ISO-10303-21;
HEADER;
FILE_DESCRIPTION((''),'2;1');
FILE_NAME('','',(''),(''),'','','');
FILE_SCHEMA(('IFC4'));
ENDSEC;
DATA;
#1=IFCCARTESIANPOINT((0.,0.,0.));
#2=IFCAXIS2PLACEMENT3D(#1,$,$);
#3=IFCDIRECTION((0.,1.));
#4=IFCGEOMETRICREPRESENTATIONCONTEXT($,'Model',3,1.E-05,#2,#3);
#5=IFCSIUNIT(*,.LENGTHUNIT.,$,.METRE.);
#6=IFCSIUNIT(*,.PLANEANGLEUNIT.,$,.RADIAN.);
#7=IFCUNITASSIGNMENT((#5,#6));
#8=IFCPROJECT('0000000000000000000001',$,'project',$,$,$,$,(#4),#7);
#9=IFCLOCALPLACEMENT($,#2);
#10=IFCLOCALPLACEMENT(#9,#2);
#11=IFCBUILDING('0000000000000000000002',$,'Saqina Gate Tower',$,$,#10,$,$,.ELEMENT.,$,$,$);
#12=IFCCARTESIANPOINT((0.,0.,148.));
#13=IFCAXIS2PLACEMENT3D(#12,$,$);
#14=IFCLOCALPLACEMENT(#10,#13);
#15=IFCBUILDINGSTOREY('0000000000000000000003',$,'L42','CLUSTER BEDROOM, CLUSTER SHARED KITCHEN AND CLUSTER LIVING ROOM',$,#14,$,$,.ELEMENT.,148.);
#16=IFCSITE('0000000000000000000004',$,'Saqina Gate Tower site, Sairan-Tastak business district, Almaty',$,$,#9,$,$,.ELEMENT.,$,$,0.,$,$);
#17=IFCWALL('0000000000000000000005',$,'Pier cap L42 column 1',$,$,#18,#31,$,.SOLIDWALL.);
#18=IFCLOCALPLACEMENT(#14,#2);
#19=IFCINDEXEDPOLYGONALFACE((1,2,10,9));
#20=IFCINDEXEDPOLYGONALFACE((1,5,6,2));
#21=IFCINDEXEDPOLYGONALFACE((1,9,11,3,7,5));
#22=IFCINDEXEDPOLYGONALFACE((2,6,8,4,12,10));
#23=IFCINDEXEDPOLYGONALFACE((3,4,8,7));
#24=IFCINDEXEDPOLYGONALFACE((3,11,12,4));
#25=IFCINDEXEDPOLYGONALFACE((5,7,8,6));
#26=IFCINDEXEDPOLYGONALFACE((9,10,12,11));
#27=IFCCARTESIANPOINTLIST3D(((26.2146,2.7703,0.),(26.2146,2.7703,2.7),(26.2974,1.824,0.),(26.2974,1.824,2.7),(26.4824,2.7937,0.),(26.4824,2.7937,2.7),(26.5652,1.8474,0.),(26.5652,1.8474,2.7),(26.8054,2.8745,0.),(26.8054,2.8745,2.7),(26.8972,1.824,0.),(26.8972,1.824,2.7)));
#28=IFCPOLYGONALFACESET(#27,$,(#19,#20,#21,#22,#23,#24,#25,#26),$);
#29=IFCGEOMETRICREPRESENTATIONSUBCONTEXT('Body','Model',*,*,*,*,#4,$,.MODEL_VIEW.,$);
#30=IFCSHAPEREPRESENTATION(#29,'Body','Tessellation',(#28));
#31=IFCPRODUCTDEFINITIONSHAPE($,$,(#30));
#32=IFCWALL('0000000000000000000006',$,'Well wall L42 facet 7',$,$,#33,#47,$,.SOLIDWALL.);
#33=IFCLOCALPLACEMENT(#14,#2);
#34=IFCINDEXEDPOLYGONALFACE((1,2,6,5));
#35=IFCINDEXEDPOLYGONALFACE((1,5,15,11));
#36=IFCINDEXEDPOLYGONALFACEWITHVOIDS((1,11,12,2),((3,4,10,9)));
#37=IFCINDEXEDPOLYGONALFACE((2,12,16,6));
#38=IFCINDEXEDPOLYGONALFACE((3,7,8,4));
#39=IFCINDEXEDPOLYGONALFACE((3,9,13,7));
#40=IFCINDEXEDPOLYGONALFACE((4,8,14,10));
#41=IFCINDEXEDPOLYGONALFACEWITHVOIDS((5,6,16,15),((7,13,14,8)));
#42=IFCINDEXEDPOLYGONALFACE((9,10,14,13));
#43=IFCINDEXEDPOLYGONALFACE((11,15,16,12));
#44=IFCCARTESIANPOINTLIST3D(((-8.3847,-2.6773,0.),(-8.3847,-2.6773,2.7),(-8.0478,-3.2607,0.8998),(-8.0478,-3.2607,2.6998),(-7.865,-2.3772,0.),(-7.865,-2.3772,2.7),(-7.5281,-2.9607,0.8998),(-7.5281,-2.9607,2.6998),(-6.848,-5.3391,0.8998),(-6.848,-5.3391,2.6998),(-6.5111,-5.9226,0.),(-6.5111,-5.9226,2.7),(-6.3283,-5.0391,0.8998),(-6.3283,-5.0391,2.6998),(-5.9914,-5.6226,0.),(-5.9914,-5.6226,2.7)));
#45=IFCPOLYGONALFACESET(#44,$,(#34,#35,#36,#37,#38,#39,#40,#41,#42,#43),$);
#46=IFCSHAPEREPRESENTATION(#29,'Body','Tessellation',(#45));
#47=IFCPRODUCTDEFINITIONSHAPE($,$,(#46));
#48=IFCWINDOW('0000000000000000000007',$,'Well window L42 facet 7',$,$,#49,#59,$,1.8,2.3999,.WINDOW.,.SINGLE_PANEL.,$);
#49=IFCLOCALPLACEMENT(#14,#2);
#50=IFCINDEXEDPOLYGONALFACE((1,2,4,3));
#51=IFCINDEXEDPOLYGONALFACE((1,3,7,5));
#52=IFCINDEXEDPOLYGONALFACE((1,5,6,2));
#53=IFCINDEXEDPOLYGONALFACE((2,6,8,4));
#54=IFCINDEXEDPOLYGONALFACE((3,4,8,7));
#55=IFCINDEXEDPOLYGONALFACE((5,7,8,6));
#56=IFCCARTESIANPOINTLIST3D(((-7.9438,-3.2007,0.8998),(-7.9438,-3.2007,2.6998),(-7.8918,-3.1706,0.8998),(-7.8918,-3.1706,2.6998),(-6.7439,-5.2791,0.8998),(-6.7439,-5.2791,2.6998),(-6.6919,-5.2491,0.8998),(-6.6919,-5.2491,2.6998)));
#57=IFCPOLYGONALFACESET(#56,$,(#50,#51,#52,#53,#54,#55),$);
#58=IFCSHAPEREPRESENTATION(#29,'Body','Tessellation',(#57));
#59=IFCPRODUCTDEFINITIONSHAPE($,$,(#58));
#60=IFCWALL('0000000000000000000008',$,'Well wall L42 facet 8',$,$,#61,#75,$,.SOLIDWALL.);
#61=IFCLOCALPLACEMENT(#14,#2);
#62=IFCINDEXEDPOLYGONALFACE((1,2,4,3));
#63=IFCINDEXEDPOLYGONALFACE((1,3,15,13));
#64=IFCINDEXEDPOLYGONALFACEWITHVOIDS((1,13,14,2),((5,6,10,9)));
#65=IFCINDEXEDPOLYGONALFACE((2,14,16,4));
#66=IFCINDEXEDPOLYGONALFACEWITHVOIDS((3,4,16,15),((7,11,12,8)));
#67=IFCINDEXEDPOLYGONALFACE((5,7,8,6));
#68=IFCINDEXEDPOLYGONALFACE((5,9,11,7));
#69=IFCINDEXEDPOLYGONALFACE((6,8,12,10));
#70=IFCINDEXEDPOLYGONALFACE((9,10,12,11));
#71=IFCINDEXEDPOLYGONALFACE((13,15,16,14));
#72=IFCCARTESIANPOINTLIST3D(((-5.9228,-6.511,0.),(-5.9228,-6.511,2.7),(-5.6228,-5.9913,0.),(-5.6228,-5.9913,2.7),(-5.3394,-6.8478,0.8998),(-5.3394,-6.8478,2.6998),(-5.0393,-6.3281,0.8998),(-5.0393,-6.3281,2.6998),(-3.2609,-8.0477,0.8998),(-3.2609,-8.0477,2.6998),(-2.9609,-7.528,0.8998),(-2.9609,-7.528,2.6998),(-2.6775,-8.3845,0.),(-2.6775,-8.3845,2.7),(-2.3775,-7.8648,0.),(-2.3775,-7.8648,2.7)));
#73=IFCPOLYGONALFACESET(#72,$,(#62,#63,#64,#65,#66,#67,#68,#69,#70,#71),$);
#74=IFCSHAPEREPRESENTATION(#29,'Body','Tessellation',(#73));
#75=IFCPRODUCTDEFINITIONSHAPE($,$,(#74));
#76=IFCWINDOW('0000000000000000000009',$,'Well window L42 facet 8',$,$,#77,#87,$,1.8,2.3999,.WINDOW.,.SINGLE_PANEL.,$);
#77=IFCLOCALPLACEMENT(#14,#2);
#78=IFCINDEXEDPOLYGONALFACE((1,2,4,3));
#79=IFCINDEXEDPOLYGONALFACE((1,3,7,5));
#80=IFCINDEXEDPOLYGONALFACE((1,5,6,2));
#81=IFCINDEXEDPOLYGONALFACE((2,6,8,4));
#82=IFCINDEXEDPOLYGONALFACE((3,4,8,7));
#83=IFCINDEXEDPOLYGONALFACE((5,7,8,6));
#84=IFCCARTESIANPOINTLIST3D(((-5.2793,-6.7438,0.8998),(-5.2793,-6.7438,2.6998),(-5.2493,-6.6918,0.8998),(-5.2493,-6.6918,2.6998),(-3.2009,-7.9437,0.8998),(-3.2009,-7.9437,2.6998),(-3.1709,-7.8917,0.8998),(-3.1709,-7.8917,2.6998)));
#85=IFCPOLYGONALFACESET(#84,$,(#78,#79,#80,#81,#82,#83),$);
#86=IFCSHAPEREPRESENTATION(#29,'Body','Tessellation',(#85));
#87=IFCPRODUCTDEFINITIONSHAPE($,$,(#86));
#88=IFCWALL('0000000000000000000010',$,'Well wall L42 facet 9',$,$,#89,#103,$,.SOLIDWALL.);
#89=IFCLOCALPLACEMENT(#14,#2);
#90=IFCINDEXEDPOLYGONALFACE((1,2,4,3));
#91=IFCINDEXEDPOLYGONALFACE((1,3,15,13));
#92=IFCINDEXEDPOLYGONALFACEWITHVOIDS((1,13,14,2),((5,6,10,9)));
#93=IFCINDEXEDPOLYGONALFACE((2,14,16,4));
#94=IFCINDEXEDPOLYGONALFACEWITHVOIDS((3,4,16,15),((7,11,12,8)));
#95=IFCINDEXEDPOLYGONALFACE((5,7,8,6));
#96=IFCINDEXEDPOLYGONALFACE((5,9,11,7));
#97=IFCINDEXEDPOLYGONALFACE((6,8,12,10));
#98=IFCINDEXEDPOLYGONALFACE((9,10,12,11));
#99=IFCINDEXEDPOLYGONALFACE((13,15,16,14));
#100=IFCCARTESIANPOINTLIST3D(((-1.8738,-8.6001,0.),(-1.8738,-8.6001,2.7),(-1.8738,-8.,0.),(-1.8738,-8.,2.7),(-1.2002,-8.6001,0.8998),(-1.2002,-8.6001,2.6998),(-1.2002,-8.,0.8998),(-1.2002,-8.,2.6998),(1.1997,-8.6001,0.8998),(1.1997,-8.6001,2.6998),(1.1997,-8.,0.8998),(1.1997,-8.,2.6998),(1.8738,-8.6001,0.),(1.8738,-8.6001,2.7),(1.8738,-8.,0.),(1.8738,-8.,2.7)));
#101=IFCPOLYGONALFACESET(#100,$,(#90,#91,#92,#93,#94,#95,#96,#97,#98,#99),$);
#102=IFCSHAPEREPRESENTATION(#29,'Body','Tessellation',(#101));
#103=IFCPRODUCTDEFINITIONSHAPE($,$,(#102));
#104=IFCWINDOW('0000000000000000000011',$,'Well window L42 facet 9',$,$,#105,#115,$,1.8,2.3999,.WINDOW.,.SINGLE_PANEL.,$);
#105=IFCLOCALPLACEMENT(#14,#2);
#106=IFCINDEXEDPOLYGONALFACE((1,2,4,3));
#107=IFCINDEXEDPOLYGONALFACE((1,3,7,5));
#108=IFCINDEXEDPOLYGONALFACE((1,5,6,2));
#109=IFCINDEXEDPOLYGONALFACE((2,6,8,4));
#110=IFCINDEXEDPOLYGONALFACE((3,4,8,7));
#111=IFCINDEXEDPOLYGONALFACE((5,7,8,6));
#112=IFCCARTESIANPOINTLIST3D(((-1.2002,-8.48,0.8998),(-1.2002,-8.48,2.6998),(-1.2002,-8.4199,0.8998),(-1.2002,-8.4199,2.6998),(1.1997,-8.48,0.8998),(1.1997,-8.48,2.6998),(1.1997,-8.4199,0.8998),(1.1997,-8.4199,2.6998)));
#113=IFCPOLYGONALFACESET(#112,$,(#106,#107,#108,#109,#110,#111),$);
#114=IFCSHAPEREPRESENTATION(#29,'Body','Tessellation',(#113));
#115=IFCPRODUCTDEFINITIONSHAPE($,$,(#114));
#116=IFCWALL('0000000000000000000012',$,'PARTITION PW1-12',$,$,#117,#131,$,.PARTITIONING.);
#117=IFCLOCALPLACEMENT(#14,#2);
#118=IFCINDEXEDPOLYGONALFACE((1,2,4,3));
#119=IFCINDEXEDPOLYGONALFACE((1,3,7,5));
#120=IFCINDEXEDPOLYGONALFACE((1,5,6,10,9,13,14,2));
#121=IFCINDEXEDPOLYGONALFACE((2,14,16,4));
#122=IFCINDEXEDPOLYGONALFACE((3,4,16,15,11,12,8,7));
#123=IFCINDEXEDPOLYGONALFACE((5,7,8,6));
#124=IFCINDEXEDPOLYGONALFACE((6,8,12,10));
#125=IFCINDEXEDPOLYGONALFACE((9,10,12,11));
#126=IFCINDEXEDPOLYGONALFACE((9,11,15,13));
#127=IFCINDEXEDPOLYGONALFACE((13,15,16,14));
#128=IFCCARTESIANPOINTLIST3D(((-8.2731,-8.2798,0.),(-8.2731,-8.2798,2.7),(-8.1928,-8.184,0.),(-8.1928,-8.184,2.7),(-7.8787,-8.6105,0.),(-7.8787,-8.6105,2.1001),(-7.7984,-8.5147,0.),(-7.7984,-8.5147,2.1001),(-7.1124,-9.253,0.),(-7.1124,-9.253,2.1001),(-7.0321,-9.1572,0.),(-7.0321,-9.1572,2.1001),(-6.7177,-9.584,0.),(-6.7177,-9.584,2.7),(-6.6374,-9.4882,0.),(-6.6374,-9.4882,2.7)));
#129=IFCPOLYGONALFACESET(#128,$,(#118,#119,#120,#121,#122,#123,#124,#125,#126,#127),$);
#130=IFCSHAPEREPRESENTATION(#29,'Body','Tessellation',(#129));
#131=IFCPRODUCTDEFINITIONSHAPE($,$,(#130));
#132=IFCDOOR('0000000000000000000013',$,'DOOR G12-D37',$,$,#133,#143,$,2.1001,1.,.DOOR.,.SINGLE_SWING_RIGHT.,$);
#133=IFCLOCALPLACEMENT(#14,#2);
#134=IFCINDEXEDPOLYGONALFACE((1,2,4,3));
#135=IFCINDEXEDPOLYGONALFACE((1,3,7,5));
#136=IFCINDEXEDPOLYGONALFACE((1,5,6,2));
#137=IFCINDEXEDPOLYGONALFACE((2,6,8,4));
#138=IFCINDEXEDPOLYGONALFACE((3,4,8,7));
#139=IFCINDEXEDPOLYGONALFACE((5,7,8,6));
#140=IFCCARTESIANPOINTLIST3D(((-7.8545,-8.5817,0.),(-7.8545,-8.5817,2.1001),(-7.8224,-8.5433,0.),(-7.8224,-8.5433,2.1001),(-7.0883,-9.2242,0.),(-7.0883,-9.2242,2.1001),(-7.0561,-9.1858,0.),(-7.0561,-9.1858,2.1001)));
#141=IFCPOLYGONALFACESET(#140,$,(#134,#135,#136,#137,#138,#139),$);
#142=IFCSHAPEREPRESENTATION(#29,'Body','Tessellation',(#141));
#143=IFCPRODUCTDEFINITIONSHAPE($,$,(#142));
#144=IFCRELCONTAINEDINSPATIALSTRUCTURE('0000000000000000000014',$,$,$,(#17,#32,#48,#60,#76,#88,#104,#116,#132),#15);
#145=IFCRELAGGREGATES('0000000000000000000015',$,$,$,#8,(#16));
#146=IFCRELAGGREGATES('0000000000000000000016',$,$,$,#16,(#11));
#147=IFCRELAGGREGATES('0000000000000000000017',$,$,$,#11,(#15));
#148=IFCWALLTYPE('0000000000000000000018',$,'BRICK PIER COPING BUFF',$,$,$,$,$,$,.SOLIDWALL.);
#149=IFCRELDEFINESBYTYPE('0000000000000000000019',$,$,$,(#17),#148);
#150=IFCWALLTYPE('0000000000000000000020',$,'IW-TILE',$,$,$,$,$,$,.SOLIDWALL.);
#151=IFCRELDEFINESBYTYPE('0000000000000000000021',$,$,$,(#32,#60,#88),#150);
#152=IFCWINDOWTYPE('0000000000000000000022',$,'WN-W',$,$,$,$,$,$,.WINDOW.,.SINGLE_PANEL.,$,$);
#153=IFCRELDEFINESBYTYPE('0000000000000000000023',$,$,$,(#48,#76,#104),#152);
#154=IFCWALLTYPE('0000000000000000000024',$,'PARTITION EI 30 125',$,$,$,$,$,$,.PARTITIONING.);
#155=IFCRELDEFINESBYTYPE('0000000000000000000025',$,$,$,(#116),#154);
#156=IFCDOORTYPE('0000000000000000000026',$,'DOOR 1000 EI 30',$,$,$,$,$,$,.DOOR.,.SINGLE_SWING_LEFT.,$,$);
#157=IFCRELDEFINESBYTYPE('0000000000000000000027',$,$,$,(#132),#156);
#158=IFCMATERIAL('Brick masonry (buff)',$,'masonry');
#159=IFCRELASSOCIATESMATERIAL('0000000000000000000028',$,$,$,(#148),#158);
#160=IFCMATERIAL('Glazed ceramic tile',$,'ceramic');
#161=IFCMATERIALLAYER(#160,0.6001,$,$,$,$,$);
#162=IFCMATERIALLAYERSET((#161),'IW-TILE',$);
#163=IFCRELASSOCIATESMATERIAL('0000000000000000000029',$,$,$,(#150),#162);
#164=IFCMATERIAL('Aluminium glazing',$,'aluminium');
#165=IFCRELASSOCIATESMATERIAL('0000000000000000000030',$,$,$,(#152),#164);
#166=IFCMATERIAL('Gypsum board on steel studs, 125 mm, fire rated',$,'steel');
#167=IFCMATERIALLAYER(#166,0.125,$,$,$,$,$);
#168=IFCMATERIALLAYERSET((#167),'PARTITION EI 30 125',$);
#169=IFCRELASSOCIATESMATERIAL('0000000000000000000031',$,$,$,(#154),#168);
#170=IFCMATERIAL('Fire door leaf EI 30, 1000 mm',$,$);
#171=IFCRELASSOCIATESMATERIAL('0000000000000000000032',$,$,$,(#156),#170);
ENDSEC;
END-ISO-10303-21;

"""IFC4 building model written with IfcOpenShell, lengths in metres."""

from ifc_helpers import new_model, si_unit, direction, frame, frame_2d, origin, place, context, subcontext, project, spatial, polyline, rectangle, outline, extrude, material, layer, layer_set, type_object, element, fill, save


model = new_model("IFC4")

# Units and contexts
model_context = context("Model", 3, precision=1e-05, world=origin(), true_north=direction((0.0, 1.0)))
body_context = subcontext(model_context, "Body", "Model", "MODEL_VIEW")
ifc_project = project(units=[si_unit("LENGTHUNIT", "METRE"), si_unit("PLANEANGLEUNIT", "RADIAN")], contexts=[model_context])

# Site, building, storey
site_placement = place(None, origin())
site = spatial("IfcSite", under=ifc_project, at=site_placement, Name="Saqina Gate Tower site, Sairan-Tastak business district, Almaty", CompositionType="ELEMENT", RefElevation=0.0)
building_placement = place(site_placement, origin())
building = spatial("IfcBuilding", under=site, at=building_placement, Name="Saqina Gate Tower", CompositionType="ELEMENT")
storey_placement = place(building_placement, frame((0.0, 0.0, 148.0)))
storey = spatial("IfcBuildingStorey", under=building, at=storey_placement, Name="L42", Description="CLUSTER BEDROOM, CLUSTER SHARED KITCHEN AND CLUSTER LIVING ROOM", CompositionType="ELEMENT", Elevation=148.0)

# Wall
ifc_material_1 = material(Name="Brick masonry (buff)", Category="masonry")
wall_type_1 = type_object("IfcWallType", Name="BRICK PIER COPING BUFF", PredefinedType="SOLIDWALL", material=ifc_material_1)
wall_1_placement = place(storey_placement, origin())
element("IfcWall", 1, at=wall_1_placement, inside=storey, type_object=wall_type_1, Name="Pier cap L42 column 1", PredefinedType="SOLIDWALL", context=body_context, shape_type="SweptSolid", body=[
    extrude(outline(polyline([(26.8054, 2.8745), (26.2146, 2.7703), (26.4824, 2.7937), (26.5652, 1.8474), (26.2974, 1.824), (26.8972, 1.824), (26.8054, 2.8745)])), origin(), (0.0, 0.0, 1.0), 2.7),
])

# Walls, openings, windows
ifc_material_2 = material(Name="Glazed ceramic tile", Category="ceramic")
ifc_layer_1 = layer(ifc_material_2, 0.6001)
ifc_layer_set_1 = layer_set([ifc_layer_1], Name="IW-TILE")
wall_type_2 = type_object("IfcWallType", Name="IW-TILE", PredefinedType="SOLIDWALL", material=ifc_layer_set_1)
wall_2_placement = place(storey_placement, frame((-8.1248, -2.5273, 0.0), z_axis=(0.0, 0.0, 1.0), x_axis=(0.499965, -0.866046, 0.0)))
wall_2 = element("IfcWall", 2, at=wall_2_placement, inside=storey, type_object=wall_type_2, Name="Well wall L42 facet 7", PredefinedType="SOLIDWALL", context=body_context, shape_type="SweptSolid", body=[
    extrude(rectangle(XDim=3.7473, YDim=0.6001, at=frame_2d((1.8735, 0.0))), origin(), (0.0, 0.0, 1.0), 2.7),
])
opening_1_placement = place(wall_2_placement, frame((0.6736, 0.0, 0.8999)))
opening_1 = element("IfcOpeningElement", 3, at=opening_1_placement, cuts=wall_2, PredefinedType="OPENING", context=body_context, shape_type="SweptSolid", body=[
    extrude(rectangle(XDim=2.3999, YDim=1.8, at=frame_2d((1.2, 0.8999))), frame((0.0, 0.312, 0.0), z_axis=(0.0, -1.0, 0.0), x_axis=(1.0, 0.0, 0.0)), (0.0, 0.0, 1.0), 0.624),
])
ifc_material_3 = material(Name="Aluminium glazing", Category="aluminium")
window_type = type_object("IfcWindowType", Name="WN-W", PartitioningType="SINGLE_PANEL", PredefinedType="WINDOW", material=ifc_material_3)
window_1_placement = place(opening_1_placement, origin())
window_1 = element("IfcWindow", 4, at=window_1_placement, inside=storey, type_object=window_type, Name="Well window L42 facet 7", OverallHeight=1.8, OverallWidth=2.3999, PartitioningType="SINGLE_PANEL", PredefinedType="WINDOW", context=body_context, shape_type="SweptSolid", body=[
    extrude(rectangle(XDim=2.3999, YDim=1.8, at=frame_2d((1.2, 0.8999))), frame((0.0, -0.1199, 0.0), z_axis=(0.0, -1.0, 0.0), x_axis=(1.0, 0.0, 0.0)), (0.0, 0.0, 1.0), 0.0601),
])
fill(opening_1, window_1)
wall_3_placement = place(storey_placement, frame((-5.7727, -6.2512, 0.0), z_axis=(0.0, 0.0, 1.0), x_axis=(0.866046, -0.499965, 0.0)))
wall_3 = element("IfcWall", 5, at=wall_3_placement, inside=storey, type_object=wall_type_2, Name="Well wall L42 facet 8", PredefinedType="SOLIDWALL", context=body_context, shape_type="SweptSolid", body=[
    extrude(rectangle(XDim=3.7473, YDim=0.6001, at=frame_2d((1.8735, 0.0))), origin(), (0.0, 0.0, 1.0), 2.7),
])
opening_2_placement = place(wall_3_placement, frame((0.6736, 0.0, 0.8999)))
opening_2 = element("IfcOpeningElement", 6, at=opening_2_placement, cuts=wall_3, PredefinedType="OPENING", context=body_context, shape_type="SweptSolid", body=[
    extrude(rectangle(XDim=2.3999, YDim=1.8, at=frame_2d((1.2, 0.8999))), frame((0.0, 0.312, 0.0), z_axis=(0.0, -1.0, 0.0), x_axis=(1.0, 0.0, 0.0)), (0.0, 0.0, 1.0), 0.624),
])
window_2_placement = place(opening_2_placement, origin())
window_2 = element("IfcWindow", 7, at=window_2_placement, inside=storey, type_object=window_type, Name="Well window L42 facet 8", OverallHeight=1.8, OverallWidth=2.3999, PartitioningType="SINGLE_PANEL", PredefinedType="WINDOW", context=body_context, shape_type="SweptSolid", body=[
    extrude(rectangle(XDim=2.3999, YDim=1.8, at=frame_2d((1.2, 0.8999))), frame((0.0, -0.1199, 0.0), z_axis=(0.0, -1.0, 0.0), x_axis=(1.0, 0.0, 0.0)), (0.0, 0.0, 1.0), 0.0601),
])
fill(opening_2, window_2)
wall_4_placement = place(storey_placement, frame((-1.8738, -8.3, 0.0), z_axis=(0.0, 0.0, 1.0), x_axis=(1.0, 0.0, 0.0)))
wall_4 = element("IfcWall", 8, at=wall_4_placement, inside=storey, type_object=wall_type_2, Name="Well wall L42 facet 9", PredefinedType="SOLIDWALL", context=body_context, shape_type="SweptSolid", body=[
    extrude(rectangle(XDim=3.7476, YDim=0.6001, at=frame_2d((1.8738, 0.0))), origin(), (0.0, 0.0, 1.0), 2.7),
])
opening_3_placement = place(wall_4_placement, frame((0.6736, 0.0, 0.8999)))
opening_3 = element("IfcOpeningElement", 9, at=opening_3_placement, cuts=wall_4, PredefinedType="OPENING", context=body_context, shape_type="SweptSolid", body=[
    extrude(rectangle(XDim=2.3999, YDim=1.8, at=frame_2d((1.2, 0.8999))), frame((0.0, 0.312, 0.0), z_axis=(0.0, -1.0, 0.0), x_axis=(1.0, 0.0, 0.0)), (0.0, 0.0, 1.0), 0.624),
])
window_3_placement = place(opening_3_placement, origin())
window_3 = element("IfcWindow", 10, at=window_3_placement, inside=storey, type_object=window_type, Name="Well window L42 facet 9", OverallHeight=1.8, OverallWidth=2.3999, PartitioningType="SINGLE_PANEL", PredefinedType="WINDOW", context=body_context, shape_type="SweptSolid", body=[
    extrude(rectangle(XDim=2.3999, YDim=1.8, at=frame_2d((1.2, 0.8999))), frame((0.0, -0.1199, 0.0), z_axis=(0.0, -1.0, 0.0), x_axis=(1.0, 0.0, 0.0)), (0.0, 0.0, 1.0), 0.0601),
])
fill(opening_3, window_3)

# Wall, opening, door
ifc_material_4 = material(Name="Gypsum board on steel studs, 125 mm, fire rated", Category="steel")
ifc_layer_2 = layer(ifc_material_4, 0.125)
ifc_layer_set_2 = layer_set([ifc_layer_2], Name="PARTITION EI 30 125")
wall_type_3 = type_object("IfcWallType", Name="PARTITION EI 30 125", PredefinedType="PARTITIONING", material=ifc_layer_set_2)
wall_5_placement = place(storey_placement, frame((-8.2329, -8.2319, 0.0), z_axis=(0.0, 0.0, 1.0), x_axis=(0.766276, -0.642512, 0.0)))
wall_5 = element("IfcWall", 11, at=wall_5_placement, inside=storey, type_object=wall_type_3, Name="PARTITION PW1-12", PredefinedType="PARTITIONING", context=body_context, shape_type="SweptSolid", body=[
    extrude(rectangle(XDim=2.0298, YDim=0.125, at=frame_2d((1.0149, 0.0))), origin(), (0.0, 0.0, 1.0), 2.7),
])
opening_4_placement = place(wall_5_placement, frame((0.5146, 0.0, 0.0)))
opening_4 = element("IfcOpeningElement", 12, at=opening_4_placement, cuts=wall_5, PredefinedType="OPENING", context=body_context, shape_type="SweptSolid", body=[
    extrude(rectangle(XDim=1.0, YDim=2.1001, at=frame_2d((0.5, 1.05))), frame((0.0, 0.0745, 0.0), z_axis=(0.0, -1.0, 0.0), x_axis=(1.0, 0.0, 0.0)), (0.0, 0.0, 1.0), 0.1489),
])
ifc_material_5 = material(Name="Fire door leaf EI 30, 1000 mm")
door_type_1 = type_object("IfcDoorType", Name="DOOR 1000 EI 30", OperationType="SINGLE_SWING_LEFT", PredefinedType="DOOR", material=ifc_material_5)
door_1_placement = place(opening_4_placement, frame((1.0, 0.0, 0.0), z_axis=(0.0, 0.0, 1.0), x_axis=(-1.0, 0.0, 0.0)))
door_1 = element("IfcDoor", 13, at=door_1_placement, inside=storey, type_object=door_type_1, Name="DOOR G12-D37", OperationType="SINGLE_SWING_RIGHT", OverallHeight=2.1001, OverallWidth=1.0, PredefinedType="DOOR", context=body_context, shape_type="SweptSolid", body=[
    extrude(rectangle(XDim=1.0, YDim=2.1001, at=frame_2d((0.5, 1.05))), frame((0.0, 0.0249, 0.0), z_axis=(0.0, -1.0, 0.0), x_axis=(1.0, 0.0, 0.0)), (0.0, 0.0, 1.0), 0.05),
])
fill(opening_4, door_1)

save(model, "model.ifc")
